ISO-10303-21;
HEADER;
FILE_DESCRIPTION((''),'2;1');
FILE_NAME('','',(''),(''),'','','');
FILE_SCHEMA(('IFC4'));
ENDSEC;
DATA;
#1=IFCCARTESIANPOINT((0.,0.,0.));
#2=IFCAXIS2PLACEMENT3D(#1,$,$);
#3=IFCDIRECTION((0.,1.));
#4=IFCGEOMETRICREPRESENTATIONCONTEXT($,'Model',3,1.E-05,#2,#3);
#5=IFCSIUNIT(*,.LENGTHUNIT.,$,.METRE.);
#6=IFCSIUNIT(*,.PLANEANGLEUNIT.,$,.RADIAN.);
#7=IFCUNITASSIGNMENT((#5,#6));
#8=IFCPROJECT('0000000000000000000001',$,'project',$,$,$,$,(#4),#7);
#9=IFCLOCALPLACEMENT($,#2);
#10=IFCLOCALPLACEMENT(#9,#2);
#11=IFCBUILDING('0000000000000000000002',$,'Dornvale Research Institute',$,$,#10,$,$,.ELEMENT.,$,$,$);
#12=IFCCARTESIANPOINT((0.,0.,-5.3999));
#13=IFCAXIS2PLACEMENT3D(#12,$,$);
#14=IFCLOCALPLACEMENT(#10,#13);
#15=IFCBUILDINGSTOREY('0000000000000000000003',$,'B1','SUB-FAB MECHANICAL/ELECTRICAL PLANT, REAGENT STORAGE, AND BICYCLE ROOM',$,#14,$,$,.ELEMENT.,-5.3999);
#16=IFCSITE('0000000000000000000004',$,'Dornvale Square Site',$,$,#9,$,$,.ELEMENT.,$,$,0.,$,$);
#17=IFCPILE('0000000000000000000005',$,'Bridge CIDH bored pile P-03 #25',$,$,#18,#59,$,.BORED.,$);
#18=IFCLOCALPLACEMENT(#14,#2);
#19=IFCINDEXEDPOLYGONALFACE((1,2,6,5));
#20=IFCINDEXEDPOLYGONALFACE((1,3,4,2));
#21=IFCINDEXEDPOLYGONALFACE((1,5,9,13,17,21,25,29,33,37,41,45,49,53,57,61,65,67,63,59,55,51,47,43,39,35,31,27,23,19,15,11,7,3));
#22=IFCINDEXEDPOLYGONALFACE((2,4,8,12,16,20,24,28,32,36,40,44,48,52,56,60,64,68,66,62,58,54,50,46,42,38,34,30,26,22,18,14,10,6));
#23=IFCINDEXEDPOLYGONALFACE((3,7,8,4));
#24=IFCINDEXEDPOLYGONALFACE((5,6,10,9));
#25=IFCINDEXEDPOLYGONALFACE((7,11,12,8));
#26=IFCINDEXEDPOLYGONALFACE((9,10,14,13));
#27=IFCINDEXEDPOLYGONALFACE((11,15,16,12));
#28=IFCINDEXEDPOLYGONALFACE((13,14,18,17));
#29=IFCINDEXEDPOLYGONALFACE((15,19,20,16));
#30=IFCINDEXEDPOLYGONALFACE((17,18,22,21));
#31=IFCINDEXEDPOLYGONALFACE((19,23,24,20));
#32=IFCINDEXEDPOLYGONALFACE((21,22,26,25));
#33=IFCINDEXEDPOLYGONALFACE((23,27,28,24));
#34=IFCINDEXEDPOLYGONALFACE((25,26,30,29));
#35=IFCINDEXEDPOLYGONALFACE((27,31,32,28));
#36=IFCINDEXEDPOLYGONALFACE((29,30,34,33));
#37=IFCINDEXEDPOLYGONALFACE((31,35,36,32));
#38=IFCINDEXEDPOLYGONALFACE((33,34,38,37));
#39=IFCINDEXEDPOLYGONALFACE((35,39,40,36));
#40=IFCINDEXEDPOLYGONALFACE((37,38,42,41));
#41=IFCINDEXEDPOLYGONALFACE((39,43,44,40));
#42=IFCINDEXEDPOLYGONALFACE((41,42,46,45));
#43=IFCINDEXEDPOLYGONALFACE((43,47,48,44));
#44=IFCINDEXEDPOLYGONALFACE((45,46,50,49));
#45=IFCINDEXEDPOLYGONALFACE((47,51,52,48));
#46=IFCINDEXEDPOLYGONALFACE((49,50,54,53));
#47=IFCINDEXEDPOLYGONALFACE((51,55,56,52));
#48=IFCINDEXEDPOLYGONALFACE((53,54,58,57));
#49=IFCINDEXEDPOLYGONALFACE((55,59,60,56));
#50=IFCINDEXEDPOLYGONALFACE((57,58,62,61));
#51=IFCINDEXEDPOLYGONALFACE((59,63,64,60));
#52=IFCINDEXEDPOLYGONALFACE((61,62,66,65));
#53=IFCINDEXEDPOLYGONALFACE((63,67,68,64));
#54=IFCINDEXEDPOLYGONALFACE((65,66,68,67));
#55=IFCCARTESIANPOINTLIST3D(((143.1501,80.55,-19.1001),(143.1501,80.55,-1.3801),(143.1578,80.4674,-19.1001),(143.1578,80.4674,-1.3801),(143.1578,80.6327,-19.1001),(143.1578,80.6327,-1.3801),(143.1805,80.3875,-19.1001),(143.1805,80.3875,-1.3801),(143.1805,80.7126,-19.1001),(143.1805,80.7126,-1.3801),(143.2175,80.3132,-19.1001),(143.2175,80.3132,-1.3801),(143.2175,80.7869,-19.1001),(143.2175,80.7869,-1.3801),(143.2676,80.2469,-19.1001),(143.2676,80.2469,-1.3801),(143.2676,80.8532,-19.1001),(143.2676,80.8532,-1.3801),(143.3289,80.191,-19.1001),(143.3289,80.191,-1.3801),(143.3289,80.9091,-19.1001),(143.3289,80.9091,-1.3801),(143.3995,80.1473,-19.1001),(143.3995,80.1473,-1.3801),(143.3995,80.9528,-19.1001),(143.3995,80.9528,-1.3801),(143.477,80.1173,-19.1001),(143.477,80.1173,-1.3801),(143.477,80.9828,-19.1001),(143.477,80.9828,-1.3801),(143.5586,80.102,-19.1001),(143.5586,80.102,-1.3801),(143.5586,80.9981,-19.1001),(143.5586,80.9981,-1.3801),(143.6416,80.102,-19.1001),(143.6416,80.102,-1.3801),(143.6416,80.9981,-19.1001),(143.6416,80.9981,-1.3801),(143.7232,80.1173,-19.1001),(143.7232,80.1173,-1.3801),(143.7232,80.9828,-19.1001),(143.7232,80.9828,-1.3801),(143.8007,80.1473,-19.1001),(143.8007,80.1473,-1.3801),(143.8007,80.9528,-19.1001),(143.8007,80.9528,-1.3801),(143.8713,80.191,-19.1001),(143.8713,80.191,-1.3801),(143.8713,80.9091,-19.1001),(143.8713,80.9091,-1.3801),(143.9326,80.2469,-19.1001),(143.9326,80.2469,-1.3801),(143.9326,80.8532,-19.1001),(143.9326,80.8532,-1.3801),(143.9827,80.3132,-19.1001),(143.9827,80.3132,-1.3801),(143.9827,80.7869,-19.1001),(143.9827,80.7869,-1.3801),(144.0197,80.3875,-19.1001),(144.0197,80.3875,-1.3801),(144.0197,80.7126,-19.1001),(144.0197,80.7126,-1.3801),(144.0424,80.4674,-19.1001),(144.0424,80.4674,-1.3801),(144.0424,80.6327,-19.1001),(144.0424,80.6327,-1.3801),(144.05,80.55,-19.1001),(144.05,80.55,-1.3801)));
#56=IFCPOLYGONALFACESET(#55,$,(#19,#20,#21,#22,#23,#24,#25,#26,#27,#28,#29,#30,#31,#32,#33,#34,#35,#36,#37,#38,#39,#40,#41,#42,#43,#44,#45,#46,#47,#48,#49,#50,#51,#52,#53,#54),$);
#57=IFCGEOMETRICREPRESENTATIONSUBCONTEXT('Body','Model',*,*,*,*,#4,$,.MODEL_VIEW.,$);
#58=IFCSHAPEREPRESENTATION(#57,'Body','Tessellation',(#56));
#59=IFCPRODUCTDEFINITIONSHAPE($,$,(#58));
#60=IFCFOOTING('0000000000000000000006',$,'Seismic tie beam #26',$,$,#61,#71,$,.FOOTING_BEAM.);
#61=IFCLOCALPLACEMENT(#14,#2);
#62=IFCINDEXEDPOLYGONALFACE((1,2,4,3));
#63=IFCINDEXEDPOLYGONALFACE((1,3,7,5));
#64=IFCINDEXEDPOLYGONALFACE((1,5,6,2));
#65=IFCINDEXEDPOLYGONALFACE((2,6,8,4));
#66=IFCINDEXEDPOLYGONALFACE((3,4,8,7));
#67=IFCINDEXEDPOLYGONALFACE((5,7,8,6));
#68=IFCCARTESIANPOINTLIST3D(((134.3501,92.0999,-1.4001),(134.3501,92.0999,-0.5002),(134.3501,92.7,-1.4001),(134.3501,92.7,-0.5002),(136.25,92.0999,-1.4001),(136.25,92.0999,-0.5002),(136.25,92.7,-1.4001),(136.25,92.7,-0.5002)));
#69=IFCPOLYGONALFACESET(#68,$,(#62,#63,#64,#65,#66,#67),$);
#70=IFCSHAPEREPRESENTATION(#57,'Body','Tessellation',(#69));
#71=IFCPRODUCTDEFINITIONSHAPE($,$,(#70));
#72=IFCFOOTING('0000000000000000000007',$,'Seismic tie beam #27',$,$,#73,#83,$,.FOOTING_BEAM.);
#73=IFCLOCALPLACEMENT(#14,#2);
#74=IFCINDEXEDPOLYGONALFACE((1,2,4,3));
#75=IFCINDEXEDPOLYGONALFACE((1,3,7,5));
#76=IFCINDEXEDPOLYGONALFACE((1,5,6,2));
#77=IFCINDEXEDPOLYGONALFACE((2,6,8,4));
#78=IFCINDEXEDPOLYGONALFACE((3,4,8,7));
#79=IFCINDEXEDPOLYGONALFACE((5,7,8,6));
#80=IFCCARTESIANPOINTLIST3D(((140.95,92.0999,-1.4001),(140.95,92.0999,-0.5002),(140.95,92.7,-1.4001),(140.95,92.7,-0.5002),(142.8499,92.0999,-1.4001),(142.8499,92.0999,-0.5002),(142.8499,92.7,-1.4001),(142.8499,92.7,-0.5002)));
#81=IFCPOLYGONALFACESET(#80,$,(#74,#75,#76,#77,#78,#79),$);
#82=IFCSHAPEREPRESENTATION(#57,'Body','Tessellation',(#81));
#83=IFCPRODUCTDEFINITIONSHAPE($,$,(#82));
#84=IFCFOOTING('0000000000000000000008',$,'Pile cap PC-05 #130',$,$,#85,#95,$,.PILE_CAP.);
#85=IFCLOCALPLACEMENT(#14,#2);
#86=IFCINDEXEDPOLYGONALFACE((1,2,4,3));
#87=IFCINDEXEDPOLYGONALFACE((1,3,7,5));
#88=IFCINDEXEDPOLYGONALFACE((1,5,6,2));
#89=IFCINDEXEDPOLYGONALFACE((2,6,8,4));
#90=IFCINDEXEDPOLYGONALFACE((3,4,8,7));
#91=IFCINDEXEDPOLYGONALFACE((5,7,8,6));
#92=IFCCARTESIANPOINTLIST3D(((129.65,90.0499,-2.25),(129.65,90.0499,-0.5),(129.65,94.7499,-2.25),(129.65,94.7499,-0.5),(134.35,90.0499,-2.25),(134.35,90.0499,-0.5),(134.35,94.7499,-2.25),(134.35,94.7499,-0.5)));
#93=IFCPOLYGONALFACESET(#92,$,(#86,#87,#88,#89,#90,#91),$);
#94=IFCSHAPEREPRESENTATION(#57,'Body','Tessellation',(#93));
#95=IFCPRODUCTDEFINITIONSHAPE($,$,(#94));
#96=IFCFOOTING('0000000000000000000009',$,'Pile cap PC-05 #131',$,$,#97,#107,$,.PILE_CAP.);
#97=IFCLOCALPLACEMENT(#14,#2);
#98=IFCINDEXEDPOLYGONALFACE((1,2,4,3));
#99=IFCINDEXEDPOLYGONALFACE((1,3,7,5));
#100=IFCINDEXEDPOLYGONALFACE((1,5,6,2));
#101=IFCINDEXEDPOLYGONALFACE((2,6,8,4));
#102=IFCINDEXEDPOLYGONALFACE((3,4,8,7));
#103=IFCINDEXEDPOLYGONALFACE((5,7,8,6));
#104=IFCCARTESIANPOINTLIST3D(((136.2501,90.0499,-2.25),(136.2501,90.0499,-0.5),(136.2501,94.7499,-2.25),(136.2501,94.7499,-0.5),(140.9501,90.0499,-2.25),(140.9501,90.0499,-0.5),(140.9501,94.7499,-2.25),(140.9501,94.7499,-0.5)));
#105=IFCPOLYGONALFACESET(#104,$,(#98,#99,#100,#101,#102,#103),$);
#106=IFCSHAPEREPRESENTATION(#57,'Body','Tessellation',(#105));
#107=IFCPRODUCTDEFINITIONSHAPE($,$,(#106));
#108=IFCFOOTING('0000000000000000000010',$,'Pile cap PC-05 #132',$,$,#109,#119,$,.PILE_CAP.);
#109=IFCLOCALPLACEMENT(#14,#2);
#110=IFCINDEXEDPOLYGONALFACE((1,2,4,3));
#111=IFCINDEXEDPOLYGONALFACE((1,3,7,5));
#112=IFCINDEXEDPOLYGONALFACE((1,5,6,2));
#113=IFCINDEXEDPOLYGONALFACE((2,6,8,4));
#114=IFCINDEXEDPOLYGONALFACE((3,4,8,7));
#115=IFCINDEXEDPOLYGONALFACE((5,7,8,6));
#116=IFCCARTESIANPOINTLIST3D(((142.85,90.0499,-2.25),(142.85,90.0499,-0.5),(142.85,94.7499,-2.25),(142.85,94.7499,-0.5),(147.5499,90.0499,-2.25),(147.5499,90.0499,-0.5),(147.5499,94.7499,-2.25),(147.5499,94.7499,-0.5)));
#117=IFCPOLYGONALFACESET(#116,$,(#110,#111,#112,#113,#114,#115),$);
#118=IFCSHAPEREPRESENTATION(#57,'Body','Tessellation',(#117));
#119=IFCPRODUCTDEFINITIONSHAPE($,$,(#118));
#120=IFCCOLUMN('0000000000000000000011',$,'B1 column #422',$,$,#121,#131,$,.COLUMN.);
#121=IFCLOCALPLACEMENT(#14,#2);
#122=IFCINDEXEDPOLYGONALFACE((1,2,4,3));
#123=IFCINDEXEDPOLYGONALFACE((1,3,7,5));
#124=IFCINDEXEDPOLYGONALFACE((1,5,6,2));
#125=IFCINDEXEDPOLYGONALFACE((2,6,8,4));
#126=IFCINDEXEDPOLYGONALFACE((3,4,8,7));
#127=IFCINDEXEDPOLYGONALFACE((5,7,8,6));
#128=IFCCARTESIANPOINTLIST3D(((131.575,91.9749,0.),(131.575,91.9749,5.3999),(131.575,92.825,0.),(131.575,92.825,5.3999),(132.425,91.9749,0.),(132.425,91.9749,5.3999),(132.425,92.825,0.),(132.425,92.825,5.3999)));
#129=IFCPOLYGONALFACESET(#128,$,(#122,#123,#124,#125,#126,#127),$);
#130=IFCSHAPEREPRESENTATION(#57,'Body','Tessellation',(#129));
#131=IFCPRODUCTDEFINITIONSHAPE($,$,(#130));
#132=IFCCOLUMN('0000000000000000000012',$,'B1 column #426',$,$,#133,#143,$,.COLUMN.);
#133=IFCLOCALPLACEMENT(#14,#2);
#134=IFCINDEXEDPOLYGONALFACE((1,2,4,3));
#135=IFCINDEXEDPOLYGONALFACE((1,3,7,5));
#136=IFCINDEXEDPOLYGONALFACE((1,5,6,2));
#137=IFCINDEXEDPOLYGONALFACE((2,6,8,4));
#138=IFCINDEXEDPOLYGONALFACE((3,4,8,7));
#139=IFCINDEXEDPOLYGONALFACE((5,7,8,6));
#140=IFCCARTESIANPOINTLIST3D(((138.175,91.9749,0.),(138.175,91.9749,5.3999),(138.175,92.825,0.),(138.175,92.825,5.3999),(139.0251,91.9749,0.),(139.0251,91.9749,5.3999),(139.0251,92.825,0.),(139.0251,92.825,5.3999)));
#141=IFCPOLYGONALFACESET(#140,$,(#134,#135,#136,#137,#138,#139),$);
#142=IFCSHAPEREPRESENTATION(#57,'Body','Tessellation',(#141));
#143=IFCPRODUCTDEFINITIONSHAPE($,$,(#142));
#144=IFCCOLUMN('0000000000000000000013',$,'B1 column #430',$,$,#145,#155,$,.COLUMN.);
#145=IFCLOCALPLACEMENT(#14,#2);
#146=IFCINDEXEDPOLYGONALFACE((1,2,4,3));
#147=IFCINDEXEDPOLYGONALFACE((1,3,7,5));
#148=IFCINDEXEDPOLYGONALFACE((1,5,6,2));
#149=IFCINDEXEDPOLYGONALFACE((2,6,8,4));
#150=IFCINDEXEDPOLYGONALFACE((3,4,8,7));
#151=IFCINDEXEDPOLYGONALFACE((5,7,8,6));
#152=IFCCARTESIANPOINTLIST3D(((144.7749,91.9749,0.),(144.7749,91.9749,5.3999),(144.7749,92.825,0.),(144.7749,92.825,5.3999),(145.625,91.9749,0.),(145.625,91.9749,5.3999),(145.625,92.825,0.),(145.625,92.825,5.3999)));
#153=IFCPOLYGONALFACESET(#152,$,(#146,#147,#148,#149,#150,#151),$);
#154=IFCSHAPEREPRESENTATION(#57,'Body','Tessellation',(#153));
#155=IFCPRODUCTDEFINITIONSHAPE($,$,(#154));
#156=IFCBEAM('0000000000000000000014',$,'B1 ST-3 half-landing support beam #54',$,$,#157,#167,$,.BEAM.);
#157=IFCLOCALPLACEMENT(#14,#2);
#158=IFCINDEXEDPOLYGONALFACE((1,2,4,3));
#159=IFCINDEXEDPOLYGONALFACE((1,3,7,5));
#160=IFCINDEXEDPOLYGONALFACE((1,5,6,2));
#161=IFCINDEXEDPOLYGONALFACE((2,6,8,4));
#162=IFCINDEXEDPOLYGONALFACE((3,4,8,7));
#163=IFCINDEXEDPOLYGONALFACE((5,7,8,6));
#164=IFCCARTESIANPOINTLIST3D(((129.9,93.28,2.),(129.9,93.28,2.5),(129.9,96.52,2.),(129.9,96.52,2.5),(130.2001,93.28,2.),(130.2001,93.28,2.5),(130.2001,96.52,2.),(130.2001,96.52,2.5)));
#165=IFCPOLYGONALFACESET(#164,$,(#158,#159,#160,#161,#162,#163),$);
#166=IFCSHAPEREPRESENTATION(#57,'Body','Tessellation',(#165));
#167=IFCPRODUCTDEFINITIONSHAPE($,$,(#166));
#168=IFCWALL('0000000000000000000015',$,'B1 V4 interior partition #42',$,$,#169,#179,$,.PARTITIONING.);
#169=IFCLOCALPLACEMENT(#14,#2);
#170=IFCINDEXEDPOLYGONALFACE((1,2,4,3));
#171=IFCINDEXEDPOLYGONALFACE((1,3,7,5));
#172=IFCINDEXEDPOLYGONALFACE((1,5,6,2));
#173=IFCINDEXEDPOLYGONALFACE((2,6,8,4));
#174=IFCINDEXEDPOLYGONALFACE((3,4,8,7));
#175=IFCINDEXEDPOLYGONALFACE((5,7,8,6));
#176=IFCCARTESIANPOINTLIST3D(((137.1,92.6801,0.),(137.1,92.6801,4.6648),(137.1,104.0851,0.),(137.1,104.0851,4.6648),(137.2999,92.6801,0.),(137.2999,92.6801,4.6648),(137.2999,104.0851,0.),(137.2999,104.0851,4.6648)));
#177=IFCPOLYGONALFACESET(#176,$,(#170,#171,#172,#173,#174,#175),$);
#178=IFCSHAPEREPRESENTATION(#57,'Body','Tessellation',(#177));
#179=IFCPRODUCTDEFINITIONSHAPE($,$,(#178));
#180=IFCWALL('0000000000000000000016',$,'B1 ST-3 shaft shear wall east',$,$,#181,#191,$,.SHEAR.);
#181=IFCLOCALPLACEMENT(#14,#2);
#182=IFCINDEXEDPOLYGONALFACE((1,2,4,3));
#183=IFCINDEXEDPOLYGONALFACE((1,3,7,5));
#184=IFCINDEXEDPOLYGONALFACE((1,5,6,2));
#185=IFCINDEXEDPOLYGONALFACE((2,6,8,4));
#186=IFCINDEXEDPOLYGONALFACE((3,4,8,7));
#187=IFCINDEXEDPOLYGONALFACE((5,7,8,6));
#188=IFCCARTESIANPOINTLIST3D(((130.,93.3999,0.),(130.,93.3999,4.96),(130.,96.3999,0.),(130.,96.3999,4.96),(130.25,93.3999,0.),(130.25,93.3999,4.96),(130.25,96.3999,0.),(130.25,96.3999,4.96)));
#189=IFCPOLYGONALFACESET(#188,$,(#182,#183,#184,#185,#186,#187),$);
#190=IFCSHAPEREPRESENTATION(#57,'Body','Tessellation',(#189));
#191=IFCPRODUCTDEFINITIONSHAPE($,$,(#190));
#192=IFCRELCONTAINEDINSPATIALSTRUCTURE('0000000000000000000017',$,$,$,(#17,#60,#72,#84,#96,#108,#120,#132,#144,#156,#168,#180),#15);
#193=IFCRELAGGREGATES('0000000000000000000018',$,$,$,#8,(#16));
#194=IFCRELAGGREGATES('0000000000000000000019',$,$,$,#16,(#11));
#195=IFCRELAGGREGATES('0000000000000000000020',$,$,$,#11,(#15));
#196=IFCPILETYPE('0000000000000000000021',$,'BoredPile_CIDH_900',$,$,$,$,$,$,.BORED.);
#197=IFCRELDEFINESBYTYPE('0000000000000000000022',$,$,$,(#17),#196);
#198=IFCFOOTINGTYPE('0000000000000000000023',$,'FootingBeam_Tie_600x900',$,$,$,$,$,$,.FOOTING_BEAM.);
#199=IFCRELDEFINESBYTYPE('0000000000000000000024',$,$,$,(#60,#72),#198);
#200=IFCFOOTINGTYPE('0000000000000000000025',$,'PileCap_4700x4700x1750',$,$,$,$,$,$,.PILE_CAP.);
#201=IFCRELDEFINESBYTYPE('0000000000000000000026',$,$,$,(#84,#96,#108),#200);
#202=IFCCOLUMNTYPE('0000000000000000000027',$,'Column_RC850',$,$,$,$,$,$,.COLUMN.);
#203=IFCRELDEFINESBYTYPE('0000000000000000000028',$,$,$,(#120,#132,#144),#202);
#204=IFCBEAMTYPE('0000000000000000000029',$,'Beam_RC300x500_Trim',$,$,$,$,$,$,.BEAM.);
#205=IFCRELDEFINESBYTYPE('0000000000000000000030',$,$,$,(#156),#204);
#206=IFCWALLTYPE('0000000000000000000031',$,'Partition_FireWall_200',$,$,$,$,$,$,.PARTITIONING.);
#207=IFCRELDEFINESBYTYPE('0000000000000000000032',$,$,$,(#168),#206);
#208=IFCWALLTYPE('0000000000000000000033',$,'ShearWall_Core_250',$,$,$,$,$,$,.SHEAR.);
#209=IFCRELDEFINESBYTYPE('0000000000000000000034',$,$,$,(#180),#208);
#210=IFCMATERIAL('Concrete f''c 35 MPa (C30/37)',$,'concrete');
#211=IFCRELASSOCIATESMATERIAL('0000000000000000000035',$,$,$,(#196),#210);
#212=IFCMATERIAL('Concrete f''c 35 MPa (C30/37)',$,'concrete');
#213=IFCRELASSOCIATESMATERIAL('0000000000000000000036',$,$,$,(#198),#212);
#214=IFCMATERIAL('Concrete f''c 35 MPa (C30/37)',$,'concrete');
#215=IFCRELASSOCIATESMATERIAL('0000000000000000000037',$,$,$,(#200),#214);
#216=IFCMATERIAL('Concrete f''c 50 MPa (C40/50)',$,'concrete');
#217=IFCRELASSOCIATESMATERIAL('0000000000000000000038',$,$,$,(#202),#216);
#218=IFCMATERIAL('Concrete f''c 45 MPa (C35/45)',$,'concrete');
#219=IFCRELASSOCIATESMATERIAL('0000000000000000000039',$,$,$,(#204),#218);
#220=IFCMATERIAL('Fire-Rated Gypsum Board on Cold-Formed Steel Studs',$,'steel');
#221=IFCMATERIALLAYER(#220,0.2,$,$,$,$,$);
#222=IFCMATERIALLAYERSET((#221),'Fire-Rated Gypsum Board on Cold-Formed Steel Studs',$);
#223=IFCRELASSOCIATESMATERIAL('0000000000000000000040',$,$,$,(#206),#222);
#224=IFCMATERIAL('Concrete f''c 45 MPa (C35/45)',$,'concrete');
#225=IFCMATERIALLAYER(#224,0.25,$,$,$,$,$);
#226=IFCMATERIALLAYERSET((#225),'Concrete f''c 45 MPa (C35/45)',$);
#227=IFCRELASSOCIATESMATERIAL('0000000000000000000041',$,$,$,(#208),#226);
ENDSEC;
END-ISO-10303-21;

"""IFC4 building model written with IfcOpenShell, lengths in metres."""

from ifc_helpers import new_model, si_unit, direction, frame, frame_2d, origin, origin_2d, place, context, subcontext, project, spatial, rectangle, circle, extrude, material, layer, layer_set, material_profile, profile_set, type_object, element, save


model = new_model("IFC4")

# Units and contexts
model_context = context("Model", 3, precision=1e-05, world=origin(), true_north=direction((0.0, 1.0)))
body_context = subcontext(model_context, "Body", "Model", "MODEL_VIEW")
ifc_project = project(units=[si_unit("LENGTHUNIT", "METRE"), si_unit("PLANEANGLEUNIT", "RADIAN")], contexts=[model_context])

# Site, building, storey
site_placement = place(None, origin())
site = spatial("IfcSite", under=ifc_project, at=site_placement, Name="Dornvale Square Site", CompositionType="ELEMENT", RefElevation=0.0)
building_placement = place(site_placement, origin())
building = spatial("IfcBuilding", under=site, at=building_placement, Name="Dornvale Research Institute", CompositionType="ELEMENT")
storey_placement = place(building_placement, frame((0.0, 0.0, -5.3999)))
storey = spatial("IfcBuildingStorey", under=building, at=storey_placement, Name="B1", Description="SUB-FAB MECHANICAL/ELECTRICAL PLANT, REAGENT STORAGE, AND BICYCLE ROOM", CompositionType="ELEMENT", Elevation=-5.3999)

# Pile
ifc_material_1 = material(Name="Concrete f'c 35 MPa (C30/37)", Category="concrete")
ifc_material_profile_1 = material_profile(ifc_material_1, circle(Radius=0.45, at=origin_2d()), Name="CIDH PILE D900")
ifc_profile_set_1 = profile_set([ifc_material_profile_1], Name="Concrete f'c 35 MPa (C30/37)")
pile_type_1 = type_object("IfcPileType", Name="BoredPile_CIDH_900", PredefinedType="BORED", material=ifc_profile_set_1)
for number, where, z_axis, x_axis, name in (
    (1, (143.6001, 80.55, -1.3801), (0.0, 0.0, -1.0), (1.0, 0.0, 0.0), "Bridge CIDH bored pile P-03 #25"),
):
    element("IfcPile", number, at=place(storey_placement, frame(where, z_axis=z_axis, x_axis=x_axis)), inside=storey, type_object=pile_type_1, Name=name, PredefinedType="BORED", context=body_context, shape_type="SweptSolid", body=[
        extrude(circle(Radius=0.45, at=origin_2d()), origin(), (0.0, 0.0, 1.0), 17.72),
    ])

# Footings
ifc_material_2 = material(Name="Concrete f'c 35 MPa (C30/37)", Category="concrete")
footing_type_1 = type_object("IfcFootingType", Name="FootingBeam_Tie_600x900", PredefinedType="FOOTING_BEAM", material=ifc_material_2)
for number, where, z_axis, x_axis, name in (
    (2, (135.3, 92.3999, -1.4001), (0.0, 0.0, 1.0), (1.0, 0.0, 0.0), "Seismic tie beam #26"),
    (3, (141.8999, 92.3999, -1.4001), (0.0, 0.0, 1.0), (1.0, 0.0, 0.0), "Seismic tie beam #27"),
):
    element("IfcFooting", number, at=place(storey_placement, frame(where, z_axis=z_axis, x_axis=x_axis)), inside=storey, type_object=footing_type_1, Name=name, PredefinedType="FOOTING_BEAM", context=body_context, shape_type="SweptSolid", body=[
        extrude(rectangle(XDim=1.8999, YDim=0.6001, at=origin_2d()), origin(), (0.0, 0.0, 1.0), 0.8999),
    ])
ifc_material_3 = material(Name="Concrete f'c 35 MPa (C30/37)", Category="concrete")
footing_type_2 = type_object("IfcFootingType", Name="PileCap_4700x4700x1750", PredefinedType="PILE_CAP", material=ifc_material_3)
for number, where, z_axis, x_axis, name in (
    (4, (132.0, 92.3999, -2.25), (0.0, 0.0, 1.0), (1.0, 0.0, 0.0), "Pile cap PC-05 #130"),
    (5, (138.6001, 92.3999, -2.25), (0.0, 0.0, 1.0), (1.0, 0.0, 0.0), "Pile cap PC-05 #131"),
    (6, (145.2, 92.3999, -2.25), (0.0, 0.0, 1.0), (1.0, 0.0, 0.0), "Pile cap PC-05 #132"),
):
    element("IfcFooting", number, at=place(storey_placement, frame(where, z_axis=z_axis, x_axis=x_axis)), inside=storey, type_object=footing_type_2, Name=name, PredefinedType="PILE_CAP", context=body_context, shape_type="SweptSolid", body=[
        extrude(rectangle(XDim=4.7, YDim=4.7, at=origin_2d()), origin(), (0.0, 0.0, 1.0), 1.75),
    ])

# Columns
ifc_material_4 = material(Name="Concrete f'c 50 MPa (C40/50)", Category="concrete")
ifc_material_profile_2 = material_profile(ifc_material_4, rectangle(XDim=0.8501, YDim=0.8501, at=origin_2d()), Name="RC 850x850")
ifc_profile_set_2 = profile_set([ifc_material_profile_2], Name="Concrete f'c 50 MPa (C40/50)")
column_type = type_object("IfcColumnType", Name="Column_RC850", PredefinedType="COLUMN", material=ifc_profile_set_2)
for number, where, z_axis, x_axis, name in (
    (7, (132.0, 92.3999, 0.0), (0.0, 0.0, 1.0), (1.0, 0.0, 0.0), "B1 column #422"),
    (8, (138.6001, 92.3999, 0.0), (0.0, 0.0, 1.0), (1.0, 0.0, 0.0), "B1 column #426"),
    (9, (145.2, 92.3999, 0.0), (0.0, 0.0, 1.0), (1.0, 0.0, 0.0), "B1 column #430"),
):
    element("IfcColumn", number, at=place(storey_placement, frame(where, z_axis=z_axis, x_axis=x_axis)), inside=storey, type_object=column_type, Name=name, PredefinedType="COLUMN", context=body_context, shape_type="SweptSolid", body=[
        extrude(rectangle(XDim=0.8501, YDim=0.8501, at=origin_2d()), origin(), (0.0, 0.0, 1.0), 5.3999),
    ])

# Beam
ifc_material_5 = material(Name="Concrete f'c 45 MPa (C35/45)", Category="concrete")
ifc_material_profile_3 = material_profile(ifc_material_5, rectangle(XDim=0.3, YDim=0.5, at=origin_2d()), Name="RC 300x500")
ifc_profile_set_3 = profile_set([ifc_material_profile_3], Name="Concrete f'c 45 MPa (C35/45)")
beam_type = type_object("IfcBeamType", Name="Beam_RC300x500_Trim", PredefinedType="BEAM", material=ifc_profile_set_3)
beam_placement = place(storey_placement, frame((130.05, 93.28, 2.25), z_axis=(0.0, 1.0, 0.0), x_axis=(-1.0, 0.0, 0.0)))
element("IfcBeam", 10, at=beam_placement, inside=storey, type_object=beam_type, Name="B1 ST-3 half-landing support beam #54", PredefinedType="BEAM", context=body_context, shape_type="SweptSolid", body=[
    extrude(rectangle(XDim=0.3, YDim=0.5, at=origin_2d()), origin(), (0.0, 0.0, 1.0), 3.24),
])

# Walls
ifc_material_6 = material(Name="Fire-Rated Gypsum Board on Cold-Formed Steel Studs", Category="steel")
ifc_layer_1 = layer(ifc_material_6, 0.2)
ifc_layer_set_1 = layer_set([ifc_layer_1], Name="Fire-Rated Gypsum Board on Cold-Formed Steel Studs")
wall_type_1 = type_object("IfcWallType", Name="Partition_FireWall_200", PredefinedType="PARTITIONING", material=ifc_layer_set_1)
wall_1_placement = place(storey_placement, frame((137.2, 92.6799, 0.0), z_axis=(0.0, 0.0, 1.0), x_axis=(0.0, 1.0, 0.0)))
element("IfcWall", 11, at=wall_1_placement, inside=storey, type_object=wall_type_1, Name="B1 V4 interior partition #42", PredefinedType="PARTITIONING", context=body_context, shape_type="SweptSolid", body=[
    extrude(rectangle(XDim=11.405, YDim=0.2, at=frame_2d((5.7026, 0.0))), origin(), (0.0, 0.0, 1.0), 4.6648),
])
ifc_material_7 = material(Name="Concrete f'c 45 MPa (C35/45)", Category="concrete")
ifc_layer_2 = layer(ifc_material_7, 0.25)
ifc_layer_set_2 = layer_set([ifc_layer_2], Name="Concrete f'c 45 MPa (C35/45)")
wall_type_2 = type_object("IfcWallType", Name="ShearWall_Core_250", PredefinedType="SHEAR", material=ifc_layer_set_2)
wall_2_placement = place(storey_placement, frame((130.125, 93.3999, 0.0), z_axis=(0.0, 0.0, 1.0), x_axis=(0.0, 1.0, 0.0)))
element("IfcWall", 12, at=wall_2_placement, inside=storey, type_object=wall_type_2, Name="B1 ST-3 shaft shear wall east", PredefinedType="SHEAR", context=body_context, shape_type="SweptSolid", body=[
    extrude(rectangle(XDim=3.0, YDim=0.25, at=frame_2d((1.5, 0.0))), origin(), (0.0, 0.0, 1.0), 4.96),
])

save(model, "model.ifc")
